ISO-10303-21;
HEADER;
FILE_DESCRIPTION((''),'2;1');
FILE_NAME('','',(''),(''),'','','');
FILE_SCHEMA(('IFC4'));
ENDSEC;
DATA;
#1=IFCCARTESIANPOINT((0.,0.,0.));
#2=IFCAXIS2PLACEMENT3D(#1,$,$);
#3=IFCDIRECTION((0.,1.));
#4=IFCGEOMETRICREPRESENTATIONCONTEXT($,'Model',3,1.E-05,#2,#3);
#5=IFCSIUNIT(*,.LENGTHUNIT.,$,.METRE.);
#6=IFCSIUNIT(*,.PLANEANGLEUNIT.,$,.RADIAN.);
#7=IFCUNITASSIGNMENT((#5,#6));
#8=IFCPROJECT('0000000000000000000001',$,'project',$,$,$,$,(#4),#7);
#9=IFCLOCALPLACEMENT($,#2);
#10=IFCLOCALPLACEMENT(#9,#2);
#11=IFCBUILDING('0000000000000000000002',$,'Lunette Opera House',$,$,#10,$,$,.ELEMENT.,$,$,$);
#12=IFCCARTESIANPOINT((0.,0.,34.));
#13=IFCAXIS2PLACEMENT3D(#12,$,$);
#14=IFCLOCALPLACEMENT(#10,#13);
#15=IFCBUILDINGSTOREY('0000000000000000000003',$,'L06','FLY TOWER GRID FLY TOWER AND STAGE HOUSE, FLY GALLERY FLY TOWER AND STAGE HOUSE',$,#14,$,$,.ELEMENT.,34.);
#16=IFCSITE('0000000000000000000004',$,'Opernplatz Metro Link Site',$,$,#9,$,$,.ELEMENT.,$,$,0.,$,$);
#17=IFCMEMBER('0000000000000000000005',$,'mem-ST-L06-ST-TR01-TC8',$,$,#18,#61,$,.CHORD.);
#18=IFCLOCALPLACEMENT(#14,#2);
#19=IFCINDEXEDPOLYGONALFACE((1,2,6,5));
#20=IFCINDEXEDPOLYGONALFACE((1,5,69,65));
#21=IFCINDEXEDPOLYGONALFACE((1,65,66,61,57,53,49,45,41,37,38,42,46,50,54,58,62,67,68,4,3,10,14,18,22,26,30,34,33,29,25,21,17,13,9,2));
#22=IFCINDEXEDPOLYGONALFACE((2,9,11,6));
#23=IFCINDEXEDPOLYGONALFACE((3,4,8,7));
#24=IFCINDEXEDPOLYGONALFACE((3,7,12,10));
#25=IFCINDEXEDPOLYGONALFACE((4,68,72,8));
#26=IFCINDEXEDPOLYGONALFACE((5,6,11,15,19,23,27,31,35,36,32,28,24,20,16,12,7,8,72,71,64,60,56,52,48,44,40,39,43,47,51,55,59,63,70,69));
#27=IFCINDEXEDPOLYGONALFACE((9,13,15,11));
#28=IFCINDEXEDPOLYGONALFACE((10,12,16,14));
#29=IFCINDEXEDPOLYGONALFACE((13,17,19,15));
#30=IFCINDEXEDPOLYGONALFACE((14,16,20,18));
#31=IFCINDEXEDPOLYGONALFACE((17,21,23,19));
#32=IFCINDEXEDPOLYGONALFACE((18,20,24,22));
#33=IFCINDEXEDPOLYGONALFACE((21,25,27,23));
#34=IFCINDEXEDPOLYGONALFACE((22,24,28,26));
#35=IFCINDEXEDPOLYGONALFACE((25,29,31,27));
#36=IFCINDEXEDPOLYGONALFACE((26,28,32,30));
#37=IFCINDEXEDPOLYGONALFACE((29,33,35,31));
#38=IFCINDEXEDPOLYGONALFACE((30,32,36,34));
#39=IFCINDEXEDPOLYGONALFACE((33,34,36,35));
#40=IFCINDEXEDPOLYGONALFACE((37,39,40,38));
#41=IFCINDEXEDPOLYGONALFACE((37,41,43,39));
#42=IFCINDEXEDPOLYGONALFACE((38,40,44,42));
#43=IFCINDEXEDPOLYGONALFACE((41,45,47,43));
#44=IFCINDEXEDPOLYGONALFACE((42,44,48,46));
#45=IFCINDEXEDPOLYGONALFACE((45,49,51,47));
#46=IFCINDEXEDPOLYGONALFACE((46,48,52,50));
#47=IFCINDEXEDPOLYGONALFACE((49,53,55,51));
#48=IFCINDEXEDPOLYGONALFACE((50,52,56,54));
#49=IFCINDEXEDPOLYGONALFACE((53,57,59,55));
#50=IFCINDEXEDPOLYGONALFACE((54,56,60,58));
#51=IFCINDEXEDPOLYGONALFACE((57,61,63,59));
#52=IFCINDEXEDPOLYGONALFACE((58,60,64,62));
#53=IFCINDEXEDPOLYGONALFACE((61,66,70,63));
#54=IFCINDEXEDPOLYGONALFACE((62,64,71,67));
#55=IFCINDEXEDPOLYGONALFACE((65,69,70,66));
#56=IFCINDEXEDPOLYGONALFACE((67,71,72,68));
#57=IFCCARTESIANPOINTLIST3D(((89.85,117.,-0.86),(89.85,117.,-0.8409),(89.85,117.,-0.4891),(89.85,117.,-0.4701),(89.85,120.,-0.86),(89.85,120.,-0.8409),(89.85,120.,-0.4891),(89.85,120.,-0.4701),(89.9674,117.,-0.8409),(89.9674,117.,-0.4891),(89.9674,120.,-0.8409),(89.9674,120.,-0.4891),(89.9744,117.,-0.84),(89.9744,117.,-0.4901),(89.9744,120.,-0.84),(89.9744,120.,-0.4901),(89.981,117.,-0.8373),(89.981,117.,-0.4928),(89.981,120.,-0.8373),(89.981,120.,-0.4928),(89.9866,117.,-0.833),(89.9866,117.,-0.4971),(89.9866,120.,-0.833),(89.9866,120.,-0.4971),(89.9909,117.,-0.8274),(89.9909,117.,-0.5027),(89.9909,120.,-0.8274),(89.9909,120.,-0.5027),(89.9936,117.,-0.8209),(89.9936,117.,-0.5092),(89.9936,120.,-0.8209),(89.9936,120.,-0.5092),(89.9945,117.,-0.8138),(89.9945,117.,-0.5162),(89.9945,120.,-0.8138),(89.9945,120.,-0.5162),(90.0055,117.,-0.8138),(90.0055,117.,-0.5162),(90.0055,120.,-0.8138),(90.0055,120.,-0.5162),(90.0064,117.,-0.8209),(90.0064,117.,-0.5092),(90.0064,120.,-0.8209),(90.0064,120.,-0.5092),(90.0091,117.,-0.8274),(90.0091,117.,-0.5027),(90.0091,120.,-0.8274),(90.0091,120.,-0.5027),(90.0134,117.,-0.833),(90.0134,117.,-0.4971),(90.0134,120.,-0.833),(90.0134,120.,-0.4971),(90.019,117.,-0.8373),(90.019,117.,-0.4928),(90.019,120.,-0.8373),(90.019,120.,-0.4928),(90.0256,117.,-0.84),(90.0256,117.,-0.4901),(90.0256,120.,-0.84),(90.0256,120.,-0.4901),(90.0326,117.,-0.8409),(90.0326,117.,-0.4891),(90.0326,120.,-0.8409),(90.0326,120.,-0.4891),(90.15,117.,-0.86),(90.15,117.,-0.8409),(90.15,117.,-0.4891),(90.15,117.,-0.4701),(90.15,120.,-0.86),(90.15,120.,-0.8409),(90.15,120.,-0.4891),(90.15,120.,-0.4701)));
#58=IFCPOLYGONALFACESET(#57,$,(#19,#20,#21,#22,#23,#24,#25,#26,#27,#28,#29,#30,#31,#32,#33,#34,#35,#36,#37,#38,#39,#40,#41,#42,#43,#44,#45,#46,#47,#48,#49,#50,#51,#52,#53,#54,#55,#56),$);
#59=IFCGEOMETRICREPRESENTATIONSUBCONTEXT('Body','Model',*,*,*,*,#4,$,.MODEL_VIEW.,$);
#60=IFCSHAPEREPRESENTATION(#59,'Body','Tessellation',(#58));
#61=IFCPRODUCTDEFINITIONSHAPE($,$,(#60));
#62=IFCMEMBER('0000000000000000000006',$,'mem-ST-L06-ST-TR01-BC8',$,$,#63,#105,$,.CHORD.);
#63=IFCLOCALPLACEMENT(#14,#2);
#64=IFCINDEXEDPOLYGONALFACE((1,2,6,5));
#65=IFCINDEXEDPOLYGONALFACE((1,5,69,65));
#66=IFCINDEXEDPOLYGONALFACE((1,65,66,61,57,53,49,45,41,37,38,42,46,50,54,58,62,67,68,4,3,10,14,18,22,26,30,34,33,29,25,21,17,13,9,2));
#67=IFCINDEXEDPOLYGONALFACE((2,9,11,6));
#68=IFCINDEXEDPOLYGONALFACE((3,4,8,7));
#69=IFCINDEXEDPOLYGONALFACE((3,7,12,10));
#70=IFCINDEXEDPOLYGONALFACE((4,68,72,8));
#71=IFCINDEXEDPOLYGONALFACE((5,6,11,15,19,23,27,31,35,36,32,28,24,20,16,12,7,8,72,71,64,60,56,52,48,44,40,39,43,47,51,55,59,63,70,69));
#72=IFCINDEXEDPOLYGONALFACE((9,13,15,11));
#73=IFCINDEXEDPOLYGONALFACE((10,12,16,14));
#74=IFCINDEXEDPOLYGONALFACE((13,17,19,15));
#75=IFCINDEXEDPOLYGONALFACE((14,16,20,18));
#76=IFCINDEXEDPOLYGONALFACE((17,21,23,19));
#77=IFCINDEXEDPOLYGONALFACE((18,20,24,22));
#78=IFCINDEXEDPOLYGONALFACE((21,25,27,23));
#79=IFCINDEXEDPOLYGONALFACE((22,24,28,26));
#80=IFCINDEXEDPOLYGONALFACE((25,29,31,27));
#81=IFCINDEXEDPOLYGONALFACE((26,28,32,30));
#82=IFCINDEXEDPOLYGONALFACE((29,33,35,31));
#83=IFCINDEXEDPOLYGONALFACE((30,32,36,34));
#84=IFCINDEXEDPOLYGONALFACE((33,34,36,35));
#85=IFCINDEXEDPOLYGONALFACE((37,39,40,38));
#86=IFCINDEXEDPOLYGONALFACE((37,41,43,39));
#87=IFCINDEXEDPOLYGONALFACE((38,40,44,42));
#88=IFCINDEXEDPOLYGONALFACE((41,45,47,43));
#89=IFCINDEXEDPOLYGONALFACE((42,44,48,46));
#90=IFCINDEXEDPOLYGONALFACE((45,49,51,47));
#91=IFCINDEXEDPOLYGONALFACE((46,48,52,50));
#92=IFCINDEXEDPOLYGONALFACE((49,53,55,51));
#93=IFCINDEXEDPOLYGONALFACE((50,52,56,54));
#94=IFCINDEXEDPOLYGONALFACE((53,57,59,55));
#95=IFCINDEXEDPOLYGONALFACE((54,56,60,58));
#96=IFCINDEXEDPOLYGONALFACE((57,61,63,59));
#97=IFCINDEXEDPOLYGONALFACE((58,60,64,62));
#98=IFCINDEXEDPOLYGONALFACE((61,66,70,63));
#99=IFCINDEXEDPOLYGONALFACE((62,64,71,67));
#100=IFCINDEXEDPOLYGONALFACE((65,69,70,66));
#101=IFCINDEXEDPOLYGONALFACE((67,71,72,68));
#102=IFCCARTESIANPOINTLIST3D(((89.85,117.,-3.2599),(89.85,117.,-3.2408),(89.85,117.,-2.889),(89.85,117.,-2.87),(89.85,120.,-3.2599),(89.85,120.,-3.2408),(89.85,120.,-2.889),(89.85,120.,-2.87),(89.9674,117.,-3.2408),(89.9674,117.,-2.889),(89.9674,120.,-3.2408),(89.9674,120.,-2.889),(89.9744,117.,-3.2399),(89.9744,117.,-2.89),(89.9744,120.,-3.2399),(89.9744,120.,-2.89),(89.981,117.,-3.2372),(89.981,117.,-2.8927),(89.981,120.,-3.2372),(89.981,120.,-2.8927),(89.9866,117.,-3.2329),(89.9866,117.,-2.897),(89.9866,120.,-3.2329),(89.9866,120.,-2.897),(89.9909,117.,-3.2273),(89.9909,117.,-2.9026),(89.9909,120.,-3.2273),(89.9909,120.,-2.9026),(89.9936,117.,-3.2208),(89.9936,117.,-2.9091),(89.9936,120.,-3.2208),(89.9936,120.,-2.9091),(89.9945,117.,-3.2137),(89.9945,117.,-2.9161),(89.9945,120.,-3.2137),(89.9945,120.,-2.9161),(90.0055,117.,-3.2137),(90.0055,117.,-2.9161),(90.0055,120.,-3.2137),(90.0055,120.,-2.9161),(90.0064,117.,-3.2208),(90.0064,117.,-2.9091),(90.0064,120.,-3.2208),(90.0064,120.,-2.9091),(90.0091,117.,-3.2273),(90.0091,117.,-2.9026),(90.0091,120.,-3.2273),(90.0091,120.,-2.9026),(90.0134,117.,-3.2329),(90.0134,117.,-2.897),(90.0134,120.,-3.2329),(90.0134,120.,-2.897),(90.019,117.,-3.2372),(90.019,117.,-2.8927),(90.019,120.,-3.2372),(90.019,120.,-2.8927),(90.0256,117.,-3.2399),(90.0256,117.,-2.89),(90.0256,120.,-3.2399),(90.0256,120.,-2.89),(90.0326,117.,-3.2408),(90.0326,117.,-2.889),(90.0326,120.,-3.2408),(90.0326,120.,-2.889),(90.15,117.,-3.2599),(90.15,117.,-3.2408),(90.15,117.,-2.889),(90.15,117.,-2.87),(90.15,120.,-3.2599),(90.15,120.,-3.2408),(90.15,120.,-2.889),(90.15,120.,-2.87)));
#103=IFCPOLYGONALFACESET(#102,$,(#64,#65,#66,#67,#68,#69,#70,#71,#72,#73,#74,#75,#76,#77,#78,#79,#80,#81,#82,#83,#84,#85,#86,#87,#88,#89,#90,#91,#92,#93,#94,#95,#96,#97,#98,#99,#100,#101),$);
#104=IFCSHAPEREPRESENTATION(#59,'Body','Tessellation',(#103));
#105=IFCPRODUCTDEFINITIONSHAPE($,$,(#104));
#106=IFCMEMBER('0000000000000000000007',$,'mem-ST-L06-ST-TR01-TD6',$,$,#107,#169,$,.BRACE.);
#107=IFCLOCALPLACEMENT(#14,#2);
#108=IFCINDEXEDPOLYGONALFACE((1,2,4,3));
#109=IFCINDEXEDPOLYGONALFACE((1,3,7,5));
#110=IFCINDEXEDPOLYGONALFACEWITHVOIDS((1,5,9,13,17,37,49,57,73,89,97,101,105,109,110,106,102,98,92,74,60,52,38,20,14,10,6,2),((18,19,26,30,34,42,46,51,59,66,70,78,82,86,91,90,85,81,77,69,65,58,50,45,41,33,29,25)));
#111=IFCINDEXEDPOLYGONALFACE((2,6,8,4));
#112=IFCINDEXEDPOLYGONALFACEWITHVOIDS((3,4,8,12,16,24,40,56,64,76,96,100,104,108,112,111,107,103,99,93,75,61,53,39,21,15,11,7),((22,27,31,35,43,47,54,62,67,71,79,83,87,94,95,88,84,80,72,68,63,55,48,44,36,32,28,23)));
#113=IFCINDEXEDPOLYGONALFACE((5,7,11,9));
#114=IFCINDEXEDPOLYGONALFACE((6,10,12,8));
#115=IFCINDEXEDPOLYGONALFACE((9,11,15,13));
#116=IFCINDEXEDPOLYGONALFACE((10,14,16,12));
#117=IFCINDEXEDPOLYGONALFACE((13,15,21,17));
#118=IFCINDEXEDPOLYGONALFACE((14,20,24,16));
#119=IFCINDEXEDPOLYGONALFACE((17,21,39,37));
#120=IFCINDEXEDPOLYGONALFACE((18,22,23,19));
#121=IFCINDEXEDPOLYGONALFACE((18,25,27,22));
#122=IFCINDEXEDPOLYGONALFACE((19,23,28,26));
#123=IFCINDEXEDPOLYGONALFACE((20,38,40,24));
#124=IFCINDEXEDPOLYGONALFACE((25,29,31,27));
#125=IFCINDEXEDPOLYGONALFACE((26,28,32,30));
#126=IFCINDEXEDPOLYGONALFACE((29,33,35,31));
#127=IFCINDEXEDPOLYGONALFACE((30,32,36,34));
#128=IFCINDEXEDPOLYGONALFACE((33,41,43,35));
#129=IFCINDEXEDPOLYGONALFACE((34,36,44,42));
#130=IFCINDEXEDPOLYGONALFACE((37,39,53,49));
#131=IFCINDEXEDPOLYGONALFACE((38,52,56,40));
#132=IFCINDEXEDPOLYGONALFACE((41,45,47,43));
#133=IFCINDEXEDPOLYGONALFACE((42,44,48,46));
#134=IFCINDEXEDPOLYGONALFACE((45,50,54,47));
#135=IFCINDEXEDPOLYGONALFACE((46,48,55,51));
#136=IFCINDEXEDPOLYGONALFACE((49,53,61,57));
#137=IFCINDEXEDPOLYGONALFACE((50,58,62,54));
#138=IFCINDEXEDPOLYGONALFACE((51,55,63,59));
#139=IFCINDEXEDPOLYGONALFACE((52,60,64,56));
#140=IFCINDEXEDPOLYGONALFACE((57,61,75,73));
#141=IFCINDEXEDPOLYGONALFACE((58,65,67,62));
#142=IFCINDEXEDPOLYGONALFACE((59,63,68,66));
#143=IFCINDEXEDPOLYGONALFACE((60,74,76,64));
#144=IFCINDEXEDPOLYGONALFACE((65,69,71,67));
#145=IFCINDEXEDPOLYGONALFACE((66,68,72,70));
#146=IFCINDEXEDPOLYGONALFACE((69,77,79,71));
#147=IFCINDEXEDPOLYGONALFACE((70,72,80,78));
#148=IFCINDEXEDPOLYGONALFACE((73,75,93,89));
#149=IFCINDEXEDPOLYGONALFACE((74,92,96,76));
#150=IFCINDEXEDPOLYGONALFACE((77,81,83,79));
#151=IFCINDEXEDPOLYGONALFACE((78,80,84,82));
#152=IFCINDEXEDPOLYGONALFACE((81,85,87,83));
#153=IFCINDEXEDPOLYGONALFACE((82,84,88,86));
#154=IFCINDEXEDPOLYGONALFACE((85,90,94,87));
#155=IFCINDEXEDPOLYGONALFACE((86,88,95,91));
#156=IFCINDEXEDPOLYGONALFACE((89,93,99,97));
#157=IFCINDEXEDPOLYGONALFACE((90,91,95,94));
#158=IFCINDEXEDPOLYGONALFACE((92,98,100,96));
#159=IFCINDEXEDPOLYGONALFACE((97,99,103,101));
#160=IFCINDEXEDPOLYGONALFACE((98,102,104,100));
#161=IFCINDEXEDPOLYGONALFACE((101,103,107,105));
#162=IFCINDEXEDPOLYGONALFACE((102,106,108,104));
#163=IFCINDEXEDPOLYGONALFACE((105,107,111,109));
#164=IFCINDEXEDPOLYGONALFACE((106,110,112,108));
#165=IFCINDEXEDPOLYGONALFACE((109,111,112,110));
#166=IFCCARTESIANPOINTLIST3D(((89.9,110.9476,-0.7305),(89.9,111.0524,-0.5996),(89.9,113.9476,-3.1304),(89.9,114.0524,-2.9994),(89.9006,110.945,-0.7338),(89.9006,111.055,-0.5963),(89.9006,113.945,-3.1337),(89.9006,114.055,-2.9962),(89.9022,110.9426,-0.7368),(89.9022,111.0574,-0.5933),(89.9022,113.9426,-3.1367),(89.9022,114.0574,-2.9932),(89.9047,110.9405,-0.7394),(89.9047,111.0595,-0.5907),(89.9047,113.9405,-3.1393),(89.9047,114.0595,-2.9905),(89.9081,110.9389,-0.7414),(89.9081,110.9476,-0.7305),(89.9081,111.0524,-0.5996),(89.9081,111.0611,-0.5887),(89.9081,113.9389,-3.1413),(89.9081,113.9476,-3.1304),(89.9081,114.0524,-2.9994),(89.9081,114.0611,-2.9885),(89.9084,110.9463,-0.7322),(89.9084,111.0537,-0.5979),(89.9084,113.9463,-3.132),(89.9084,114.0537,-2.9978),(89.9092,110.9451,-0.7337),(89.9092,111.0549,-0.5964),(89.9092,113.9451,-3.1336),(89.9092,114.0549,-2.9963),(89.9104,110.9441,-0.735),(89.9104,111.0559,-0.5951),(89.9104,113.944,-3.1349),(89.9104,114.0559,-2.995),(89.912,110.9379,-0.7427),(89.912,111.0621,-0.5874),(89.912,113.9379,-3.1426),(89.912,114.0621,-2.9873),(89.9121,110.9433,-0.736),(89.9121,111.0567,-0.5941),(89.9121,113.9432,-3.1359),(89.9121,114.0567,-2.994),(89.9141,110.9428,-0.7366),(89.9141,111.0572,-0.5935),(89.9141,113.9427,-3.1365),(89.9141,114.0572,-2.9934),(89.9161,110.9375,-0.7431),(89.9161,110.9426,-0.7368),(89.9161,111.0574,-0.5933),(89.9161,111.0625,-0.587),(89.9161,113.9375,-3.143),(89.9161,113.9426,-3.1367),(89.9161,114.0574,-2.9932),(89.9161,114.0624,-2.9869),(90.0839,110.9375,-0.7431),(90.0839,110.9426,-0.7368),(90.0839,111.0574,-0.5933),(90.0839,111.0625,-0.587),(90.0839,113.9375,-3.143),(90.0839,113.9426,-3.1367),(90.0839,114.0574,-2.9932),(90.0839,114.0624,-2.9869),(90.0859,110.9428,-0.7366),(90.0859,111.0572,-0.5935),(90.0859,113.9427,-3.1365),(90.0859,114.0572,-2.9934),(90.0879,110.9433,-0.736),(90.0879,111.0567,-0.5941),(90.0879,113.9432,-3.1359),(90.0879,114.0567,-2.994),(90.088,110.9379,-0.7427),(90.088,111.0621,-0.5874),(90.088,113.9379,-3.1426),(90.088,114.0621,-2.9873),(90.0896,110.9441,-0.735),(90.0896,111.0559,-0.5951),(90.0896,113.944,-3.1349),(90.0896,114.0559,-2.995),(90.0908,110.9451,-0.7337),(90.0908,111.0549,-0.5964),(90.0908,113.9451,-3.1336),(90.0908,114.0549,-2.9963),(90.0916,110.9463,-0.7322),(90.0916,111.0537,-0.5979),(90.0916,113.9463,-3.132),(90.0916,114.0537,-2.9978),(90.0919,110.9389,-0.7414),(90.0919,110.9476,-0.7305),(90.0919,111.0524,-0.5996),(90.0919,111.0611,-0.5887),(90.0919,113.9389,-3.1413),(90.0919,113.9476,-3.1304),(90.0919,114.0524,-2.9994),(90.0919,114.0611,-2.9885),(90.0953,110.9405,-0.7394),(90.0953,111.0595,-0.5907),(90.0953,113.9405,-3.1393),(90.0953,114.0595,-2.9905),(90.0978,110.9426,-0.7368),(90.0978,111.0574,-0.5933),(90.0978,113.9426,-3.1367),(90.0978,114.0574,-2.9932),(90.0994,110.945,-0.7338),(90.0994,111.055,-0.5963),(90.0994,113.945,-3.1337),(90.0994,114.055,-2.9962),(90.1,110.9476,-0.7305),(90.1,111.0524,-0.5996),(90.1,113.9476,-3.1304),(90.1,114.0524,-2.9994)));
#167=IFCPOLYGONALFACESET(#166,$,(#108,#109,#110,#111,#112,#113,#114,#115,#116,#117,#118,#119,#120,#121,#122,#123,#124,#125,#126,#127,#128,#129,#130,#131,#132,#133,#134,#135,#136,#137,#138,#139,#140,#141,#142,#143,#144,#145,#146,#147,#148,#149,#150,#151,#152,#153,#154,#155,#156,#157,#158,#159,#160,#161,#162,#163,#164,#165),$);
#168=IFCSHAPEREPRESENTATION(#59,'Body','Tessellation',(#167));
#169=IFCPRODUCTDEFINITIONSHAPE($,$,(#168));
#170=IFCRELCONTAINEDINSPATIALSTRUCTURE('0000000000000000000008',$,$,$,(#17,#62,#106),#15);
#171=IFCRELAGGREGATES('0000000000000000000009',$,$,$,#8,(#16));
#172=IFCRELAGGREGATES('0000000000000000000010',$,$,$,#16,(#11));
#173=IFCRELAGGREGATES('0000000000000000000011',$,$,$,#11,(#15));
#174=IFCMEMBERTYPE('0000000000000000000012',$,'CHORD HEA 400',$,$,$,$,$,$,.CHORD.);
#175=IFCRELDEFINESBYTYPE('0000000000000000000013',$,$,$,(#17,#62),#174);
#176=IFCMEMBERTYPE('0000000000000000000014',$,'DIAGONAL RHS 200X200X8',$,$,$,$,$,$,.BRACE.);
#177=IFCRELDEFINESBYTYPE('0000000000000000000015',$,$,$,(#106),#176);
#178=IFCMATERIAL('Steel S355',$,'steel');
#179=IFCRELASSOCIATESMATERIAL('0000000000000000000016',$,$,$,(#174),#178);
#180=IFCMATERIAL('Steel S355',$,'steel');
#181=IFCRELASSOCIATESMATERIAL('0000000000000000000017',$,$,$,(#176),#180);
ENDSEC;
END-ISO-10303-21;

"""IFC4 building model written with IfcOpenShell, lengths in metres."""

from ifc_helpers import new_model, si_unit, direction, frame, origin, origin_2d, place, context, subcontext, project, spatial, hollow_rectangle, i_section, extrude, material, material_profile, profile_set, type_object, element, save


model = new_model("IFC4")

# Units and contexts
model_context = context("Model", 3, precision=1e-05, world=origin(), true_north=direction((0.0, 1.0)))
body_context = subcontext(model_context, "Body", "Model", "MODEL_VIEW")
ifc_project = project(units=[si_unit("LENGTHUNIT", "METRE"), si_unit("PLANEANGLEUNIT", "RADIAN")], contexts=[model_context])

# Site, building, storey
site_placement = place(None, origin())
site = spatial("IfcSite", under=ifc_project, at=site_placement, Name="Opernplatz Metro Link Site", CompositionType="ELEMENT", RefElevation=0.0)
building_placement = place(site_placement, origin())
building = spatial("IfcBuilding", under=site, at=building_placement, Name="Lunette Opera House", CompositionType="ELEMENT")
storey_placement = place(building_placement, frame((0.0, 0.0, 34.0)))
storey = spatial("IfcBuildingStorey", under=building, at=storey_placement, Name="L06", Description="FLY TOWER GRID FLY TOWER AND STAGE HOUSE, FLY GALLERY FLY TOWER AND STAGE HOUSE", CompositionType="ELEMENT", Elevation=34.0)

# Members
ifc_material_1 = material(Name="Steel S355", Category="steel")
ifc_material_profile_1 = material_profile(ifc_material_1, i_section(OverallWidth=0.3, OverallDepth=0.3899, WebThickness=0.011, FlangeThickness=0.019, FilletRadius=0.0271, at=origin_2d()), Name="HEA 400")
ifc_profile_set_1 = profile_set([ifc_material_profile_1], Name="Steel S355")
member_type_1 = type_object("IfcMemberType", Name="CHORD HEA 400", PredefinedType="CHORD", material=ifc_profile_set_1)
for number, where, z_axis, x_axis, name in (
    (1, (90.0, 117.0, -0.665), (0.0, 1.0, 0.0), (-1.0, 0.0, 0.0), "mem-ST-L06-ST-TR01-TC8"),
    (2, (90.0, 117.0, -3.0649), (0.0, 1.0, 0.0), (-1.0, 0.0, 0.0), "mem-ST-L06-ST-TR01-BC8"),
):
    element("IfcMember", number, at=place(storey_placement, frame(where, z_axis=z_axis, x_axis=x_axis)), inside=storey, type_object=member_type_1, Name=name, PredefinedType="CHORD", context=body_context, shape_type="SweptSolid", body=[
        extrude(i_section(OverallWidth=0.3, OverallDepth=0.3899, WebThickness=0.011, FlangeThickness=0.019, FilletRadius=0.0271, at=origin_2d()), origin(), (0.0, 0.0, 1.0), 3.0),
    ])
ifc_material_2 = material(Name="Steel S355", Category="steel")
ifc_material_profile_2 = material_profile(ifc_material_2, hollow_rectangle(XDim=0.2, YDim=0.2, WallThickness=0.0081, InnerFilletRadius=0.0081, OuterFilletRadius=0.0161, at=origin_2d()), Name="RHS 200X200X8")
ifc_profile_set_2 = profile_set([ifc_material_profile_2], Name="Steel S355")
member_type_2 = type_object("IfcMemberType", Name="DIAGONAL RHS 200X200X8", PredefinedType="BRACE", material=ifc_profile_set_2)
for number, where, z_axis, x_axis, name in (
    (3, (90.0, 111.0, -0.665), (0.0, 0.780881, -0.62468), (-1.0, 0.0, 0.0), "mem-ST-L06-ST-TR01-TD6"),
):
    element("IfcMember", number, at=place(storey_placement, frame(where, z_axis=z_axis, x_axis=x_axis)), inside=storey, type_object=member_type_2, Name=name, PredefinedType="BRACE", context=body_context, shape_type="SweptSolid", body=[
        extrude(hollow_rectangle(XDim=0.2, YDim=0.2, WallThickness=0.0081, InnerFilletRadius=0.0081, OuterFilletRadius=0.0161, at=origin_2d()), origin(), (0.0, 0.0, 1.0), 3.8418),
    ])

save(model, "model.ifc")
